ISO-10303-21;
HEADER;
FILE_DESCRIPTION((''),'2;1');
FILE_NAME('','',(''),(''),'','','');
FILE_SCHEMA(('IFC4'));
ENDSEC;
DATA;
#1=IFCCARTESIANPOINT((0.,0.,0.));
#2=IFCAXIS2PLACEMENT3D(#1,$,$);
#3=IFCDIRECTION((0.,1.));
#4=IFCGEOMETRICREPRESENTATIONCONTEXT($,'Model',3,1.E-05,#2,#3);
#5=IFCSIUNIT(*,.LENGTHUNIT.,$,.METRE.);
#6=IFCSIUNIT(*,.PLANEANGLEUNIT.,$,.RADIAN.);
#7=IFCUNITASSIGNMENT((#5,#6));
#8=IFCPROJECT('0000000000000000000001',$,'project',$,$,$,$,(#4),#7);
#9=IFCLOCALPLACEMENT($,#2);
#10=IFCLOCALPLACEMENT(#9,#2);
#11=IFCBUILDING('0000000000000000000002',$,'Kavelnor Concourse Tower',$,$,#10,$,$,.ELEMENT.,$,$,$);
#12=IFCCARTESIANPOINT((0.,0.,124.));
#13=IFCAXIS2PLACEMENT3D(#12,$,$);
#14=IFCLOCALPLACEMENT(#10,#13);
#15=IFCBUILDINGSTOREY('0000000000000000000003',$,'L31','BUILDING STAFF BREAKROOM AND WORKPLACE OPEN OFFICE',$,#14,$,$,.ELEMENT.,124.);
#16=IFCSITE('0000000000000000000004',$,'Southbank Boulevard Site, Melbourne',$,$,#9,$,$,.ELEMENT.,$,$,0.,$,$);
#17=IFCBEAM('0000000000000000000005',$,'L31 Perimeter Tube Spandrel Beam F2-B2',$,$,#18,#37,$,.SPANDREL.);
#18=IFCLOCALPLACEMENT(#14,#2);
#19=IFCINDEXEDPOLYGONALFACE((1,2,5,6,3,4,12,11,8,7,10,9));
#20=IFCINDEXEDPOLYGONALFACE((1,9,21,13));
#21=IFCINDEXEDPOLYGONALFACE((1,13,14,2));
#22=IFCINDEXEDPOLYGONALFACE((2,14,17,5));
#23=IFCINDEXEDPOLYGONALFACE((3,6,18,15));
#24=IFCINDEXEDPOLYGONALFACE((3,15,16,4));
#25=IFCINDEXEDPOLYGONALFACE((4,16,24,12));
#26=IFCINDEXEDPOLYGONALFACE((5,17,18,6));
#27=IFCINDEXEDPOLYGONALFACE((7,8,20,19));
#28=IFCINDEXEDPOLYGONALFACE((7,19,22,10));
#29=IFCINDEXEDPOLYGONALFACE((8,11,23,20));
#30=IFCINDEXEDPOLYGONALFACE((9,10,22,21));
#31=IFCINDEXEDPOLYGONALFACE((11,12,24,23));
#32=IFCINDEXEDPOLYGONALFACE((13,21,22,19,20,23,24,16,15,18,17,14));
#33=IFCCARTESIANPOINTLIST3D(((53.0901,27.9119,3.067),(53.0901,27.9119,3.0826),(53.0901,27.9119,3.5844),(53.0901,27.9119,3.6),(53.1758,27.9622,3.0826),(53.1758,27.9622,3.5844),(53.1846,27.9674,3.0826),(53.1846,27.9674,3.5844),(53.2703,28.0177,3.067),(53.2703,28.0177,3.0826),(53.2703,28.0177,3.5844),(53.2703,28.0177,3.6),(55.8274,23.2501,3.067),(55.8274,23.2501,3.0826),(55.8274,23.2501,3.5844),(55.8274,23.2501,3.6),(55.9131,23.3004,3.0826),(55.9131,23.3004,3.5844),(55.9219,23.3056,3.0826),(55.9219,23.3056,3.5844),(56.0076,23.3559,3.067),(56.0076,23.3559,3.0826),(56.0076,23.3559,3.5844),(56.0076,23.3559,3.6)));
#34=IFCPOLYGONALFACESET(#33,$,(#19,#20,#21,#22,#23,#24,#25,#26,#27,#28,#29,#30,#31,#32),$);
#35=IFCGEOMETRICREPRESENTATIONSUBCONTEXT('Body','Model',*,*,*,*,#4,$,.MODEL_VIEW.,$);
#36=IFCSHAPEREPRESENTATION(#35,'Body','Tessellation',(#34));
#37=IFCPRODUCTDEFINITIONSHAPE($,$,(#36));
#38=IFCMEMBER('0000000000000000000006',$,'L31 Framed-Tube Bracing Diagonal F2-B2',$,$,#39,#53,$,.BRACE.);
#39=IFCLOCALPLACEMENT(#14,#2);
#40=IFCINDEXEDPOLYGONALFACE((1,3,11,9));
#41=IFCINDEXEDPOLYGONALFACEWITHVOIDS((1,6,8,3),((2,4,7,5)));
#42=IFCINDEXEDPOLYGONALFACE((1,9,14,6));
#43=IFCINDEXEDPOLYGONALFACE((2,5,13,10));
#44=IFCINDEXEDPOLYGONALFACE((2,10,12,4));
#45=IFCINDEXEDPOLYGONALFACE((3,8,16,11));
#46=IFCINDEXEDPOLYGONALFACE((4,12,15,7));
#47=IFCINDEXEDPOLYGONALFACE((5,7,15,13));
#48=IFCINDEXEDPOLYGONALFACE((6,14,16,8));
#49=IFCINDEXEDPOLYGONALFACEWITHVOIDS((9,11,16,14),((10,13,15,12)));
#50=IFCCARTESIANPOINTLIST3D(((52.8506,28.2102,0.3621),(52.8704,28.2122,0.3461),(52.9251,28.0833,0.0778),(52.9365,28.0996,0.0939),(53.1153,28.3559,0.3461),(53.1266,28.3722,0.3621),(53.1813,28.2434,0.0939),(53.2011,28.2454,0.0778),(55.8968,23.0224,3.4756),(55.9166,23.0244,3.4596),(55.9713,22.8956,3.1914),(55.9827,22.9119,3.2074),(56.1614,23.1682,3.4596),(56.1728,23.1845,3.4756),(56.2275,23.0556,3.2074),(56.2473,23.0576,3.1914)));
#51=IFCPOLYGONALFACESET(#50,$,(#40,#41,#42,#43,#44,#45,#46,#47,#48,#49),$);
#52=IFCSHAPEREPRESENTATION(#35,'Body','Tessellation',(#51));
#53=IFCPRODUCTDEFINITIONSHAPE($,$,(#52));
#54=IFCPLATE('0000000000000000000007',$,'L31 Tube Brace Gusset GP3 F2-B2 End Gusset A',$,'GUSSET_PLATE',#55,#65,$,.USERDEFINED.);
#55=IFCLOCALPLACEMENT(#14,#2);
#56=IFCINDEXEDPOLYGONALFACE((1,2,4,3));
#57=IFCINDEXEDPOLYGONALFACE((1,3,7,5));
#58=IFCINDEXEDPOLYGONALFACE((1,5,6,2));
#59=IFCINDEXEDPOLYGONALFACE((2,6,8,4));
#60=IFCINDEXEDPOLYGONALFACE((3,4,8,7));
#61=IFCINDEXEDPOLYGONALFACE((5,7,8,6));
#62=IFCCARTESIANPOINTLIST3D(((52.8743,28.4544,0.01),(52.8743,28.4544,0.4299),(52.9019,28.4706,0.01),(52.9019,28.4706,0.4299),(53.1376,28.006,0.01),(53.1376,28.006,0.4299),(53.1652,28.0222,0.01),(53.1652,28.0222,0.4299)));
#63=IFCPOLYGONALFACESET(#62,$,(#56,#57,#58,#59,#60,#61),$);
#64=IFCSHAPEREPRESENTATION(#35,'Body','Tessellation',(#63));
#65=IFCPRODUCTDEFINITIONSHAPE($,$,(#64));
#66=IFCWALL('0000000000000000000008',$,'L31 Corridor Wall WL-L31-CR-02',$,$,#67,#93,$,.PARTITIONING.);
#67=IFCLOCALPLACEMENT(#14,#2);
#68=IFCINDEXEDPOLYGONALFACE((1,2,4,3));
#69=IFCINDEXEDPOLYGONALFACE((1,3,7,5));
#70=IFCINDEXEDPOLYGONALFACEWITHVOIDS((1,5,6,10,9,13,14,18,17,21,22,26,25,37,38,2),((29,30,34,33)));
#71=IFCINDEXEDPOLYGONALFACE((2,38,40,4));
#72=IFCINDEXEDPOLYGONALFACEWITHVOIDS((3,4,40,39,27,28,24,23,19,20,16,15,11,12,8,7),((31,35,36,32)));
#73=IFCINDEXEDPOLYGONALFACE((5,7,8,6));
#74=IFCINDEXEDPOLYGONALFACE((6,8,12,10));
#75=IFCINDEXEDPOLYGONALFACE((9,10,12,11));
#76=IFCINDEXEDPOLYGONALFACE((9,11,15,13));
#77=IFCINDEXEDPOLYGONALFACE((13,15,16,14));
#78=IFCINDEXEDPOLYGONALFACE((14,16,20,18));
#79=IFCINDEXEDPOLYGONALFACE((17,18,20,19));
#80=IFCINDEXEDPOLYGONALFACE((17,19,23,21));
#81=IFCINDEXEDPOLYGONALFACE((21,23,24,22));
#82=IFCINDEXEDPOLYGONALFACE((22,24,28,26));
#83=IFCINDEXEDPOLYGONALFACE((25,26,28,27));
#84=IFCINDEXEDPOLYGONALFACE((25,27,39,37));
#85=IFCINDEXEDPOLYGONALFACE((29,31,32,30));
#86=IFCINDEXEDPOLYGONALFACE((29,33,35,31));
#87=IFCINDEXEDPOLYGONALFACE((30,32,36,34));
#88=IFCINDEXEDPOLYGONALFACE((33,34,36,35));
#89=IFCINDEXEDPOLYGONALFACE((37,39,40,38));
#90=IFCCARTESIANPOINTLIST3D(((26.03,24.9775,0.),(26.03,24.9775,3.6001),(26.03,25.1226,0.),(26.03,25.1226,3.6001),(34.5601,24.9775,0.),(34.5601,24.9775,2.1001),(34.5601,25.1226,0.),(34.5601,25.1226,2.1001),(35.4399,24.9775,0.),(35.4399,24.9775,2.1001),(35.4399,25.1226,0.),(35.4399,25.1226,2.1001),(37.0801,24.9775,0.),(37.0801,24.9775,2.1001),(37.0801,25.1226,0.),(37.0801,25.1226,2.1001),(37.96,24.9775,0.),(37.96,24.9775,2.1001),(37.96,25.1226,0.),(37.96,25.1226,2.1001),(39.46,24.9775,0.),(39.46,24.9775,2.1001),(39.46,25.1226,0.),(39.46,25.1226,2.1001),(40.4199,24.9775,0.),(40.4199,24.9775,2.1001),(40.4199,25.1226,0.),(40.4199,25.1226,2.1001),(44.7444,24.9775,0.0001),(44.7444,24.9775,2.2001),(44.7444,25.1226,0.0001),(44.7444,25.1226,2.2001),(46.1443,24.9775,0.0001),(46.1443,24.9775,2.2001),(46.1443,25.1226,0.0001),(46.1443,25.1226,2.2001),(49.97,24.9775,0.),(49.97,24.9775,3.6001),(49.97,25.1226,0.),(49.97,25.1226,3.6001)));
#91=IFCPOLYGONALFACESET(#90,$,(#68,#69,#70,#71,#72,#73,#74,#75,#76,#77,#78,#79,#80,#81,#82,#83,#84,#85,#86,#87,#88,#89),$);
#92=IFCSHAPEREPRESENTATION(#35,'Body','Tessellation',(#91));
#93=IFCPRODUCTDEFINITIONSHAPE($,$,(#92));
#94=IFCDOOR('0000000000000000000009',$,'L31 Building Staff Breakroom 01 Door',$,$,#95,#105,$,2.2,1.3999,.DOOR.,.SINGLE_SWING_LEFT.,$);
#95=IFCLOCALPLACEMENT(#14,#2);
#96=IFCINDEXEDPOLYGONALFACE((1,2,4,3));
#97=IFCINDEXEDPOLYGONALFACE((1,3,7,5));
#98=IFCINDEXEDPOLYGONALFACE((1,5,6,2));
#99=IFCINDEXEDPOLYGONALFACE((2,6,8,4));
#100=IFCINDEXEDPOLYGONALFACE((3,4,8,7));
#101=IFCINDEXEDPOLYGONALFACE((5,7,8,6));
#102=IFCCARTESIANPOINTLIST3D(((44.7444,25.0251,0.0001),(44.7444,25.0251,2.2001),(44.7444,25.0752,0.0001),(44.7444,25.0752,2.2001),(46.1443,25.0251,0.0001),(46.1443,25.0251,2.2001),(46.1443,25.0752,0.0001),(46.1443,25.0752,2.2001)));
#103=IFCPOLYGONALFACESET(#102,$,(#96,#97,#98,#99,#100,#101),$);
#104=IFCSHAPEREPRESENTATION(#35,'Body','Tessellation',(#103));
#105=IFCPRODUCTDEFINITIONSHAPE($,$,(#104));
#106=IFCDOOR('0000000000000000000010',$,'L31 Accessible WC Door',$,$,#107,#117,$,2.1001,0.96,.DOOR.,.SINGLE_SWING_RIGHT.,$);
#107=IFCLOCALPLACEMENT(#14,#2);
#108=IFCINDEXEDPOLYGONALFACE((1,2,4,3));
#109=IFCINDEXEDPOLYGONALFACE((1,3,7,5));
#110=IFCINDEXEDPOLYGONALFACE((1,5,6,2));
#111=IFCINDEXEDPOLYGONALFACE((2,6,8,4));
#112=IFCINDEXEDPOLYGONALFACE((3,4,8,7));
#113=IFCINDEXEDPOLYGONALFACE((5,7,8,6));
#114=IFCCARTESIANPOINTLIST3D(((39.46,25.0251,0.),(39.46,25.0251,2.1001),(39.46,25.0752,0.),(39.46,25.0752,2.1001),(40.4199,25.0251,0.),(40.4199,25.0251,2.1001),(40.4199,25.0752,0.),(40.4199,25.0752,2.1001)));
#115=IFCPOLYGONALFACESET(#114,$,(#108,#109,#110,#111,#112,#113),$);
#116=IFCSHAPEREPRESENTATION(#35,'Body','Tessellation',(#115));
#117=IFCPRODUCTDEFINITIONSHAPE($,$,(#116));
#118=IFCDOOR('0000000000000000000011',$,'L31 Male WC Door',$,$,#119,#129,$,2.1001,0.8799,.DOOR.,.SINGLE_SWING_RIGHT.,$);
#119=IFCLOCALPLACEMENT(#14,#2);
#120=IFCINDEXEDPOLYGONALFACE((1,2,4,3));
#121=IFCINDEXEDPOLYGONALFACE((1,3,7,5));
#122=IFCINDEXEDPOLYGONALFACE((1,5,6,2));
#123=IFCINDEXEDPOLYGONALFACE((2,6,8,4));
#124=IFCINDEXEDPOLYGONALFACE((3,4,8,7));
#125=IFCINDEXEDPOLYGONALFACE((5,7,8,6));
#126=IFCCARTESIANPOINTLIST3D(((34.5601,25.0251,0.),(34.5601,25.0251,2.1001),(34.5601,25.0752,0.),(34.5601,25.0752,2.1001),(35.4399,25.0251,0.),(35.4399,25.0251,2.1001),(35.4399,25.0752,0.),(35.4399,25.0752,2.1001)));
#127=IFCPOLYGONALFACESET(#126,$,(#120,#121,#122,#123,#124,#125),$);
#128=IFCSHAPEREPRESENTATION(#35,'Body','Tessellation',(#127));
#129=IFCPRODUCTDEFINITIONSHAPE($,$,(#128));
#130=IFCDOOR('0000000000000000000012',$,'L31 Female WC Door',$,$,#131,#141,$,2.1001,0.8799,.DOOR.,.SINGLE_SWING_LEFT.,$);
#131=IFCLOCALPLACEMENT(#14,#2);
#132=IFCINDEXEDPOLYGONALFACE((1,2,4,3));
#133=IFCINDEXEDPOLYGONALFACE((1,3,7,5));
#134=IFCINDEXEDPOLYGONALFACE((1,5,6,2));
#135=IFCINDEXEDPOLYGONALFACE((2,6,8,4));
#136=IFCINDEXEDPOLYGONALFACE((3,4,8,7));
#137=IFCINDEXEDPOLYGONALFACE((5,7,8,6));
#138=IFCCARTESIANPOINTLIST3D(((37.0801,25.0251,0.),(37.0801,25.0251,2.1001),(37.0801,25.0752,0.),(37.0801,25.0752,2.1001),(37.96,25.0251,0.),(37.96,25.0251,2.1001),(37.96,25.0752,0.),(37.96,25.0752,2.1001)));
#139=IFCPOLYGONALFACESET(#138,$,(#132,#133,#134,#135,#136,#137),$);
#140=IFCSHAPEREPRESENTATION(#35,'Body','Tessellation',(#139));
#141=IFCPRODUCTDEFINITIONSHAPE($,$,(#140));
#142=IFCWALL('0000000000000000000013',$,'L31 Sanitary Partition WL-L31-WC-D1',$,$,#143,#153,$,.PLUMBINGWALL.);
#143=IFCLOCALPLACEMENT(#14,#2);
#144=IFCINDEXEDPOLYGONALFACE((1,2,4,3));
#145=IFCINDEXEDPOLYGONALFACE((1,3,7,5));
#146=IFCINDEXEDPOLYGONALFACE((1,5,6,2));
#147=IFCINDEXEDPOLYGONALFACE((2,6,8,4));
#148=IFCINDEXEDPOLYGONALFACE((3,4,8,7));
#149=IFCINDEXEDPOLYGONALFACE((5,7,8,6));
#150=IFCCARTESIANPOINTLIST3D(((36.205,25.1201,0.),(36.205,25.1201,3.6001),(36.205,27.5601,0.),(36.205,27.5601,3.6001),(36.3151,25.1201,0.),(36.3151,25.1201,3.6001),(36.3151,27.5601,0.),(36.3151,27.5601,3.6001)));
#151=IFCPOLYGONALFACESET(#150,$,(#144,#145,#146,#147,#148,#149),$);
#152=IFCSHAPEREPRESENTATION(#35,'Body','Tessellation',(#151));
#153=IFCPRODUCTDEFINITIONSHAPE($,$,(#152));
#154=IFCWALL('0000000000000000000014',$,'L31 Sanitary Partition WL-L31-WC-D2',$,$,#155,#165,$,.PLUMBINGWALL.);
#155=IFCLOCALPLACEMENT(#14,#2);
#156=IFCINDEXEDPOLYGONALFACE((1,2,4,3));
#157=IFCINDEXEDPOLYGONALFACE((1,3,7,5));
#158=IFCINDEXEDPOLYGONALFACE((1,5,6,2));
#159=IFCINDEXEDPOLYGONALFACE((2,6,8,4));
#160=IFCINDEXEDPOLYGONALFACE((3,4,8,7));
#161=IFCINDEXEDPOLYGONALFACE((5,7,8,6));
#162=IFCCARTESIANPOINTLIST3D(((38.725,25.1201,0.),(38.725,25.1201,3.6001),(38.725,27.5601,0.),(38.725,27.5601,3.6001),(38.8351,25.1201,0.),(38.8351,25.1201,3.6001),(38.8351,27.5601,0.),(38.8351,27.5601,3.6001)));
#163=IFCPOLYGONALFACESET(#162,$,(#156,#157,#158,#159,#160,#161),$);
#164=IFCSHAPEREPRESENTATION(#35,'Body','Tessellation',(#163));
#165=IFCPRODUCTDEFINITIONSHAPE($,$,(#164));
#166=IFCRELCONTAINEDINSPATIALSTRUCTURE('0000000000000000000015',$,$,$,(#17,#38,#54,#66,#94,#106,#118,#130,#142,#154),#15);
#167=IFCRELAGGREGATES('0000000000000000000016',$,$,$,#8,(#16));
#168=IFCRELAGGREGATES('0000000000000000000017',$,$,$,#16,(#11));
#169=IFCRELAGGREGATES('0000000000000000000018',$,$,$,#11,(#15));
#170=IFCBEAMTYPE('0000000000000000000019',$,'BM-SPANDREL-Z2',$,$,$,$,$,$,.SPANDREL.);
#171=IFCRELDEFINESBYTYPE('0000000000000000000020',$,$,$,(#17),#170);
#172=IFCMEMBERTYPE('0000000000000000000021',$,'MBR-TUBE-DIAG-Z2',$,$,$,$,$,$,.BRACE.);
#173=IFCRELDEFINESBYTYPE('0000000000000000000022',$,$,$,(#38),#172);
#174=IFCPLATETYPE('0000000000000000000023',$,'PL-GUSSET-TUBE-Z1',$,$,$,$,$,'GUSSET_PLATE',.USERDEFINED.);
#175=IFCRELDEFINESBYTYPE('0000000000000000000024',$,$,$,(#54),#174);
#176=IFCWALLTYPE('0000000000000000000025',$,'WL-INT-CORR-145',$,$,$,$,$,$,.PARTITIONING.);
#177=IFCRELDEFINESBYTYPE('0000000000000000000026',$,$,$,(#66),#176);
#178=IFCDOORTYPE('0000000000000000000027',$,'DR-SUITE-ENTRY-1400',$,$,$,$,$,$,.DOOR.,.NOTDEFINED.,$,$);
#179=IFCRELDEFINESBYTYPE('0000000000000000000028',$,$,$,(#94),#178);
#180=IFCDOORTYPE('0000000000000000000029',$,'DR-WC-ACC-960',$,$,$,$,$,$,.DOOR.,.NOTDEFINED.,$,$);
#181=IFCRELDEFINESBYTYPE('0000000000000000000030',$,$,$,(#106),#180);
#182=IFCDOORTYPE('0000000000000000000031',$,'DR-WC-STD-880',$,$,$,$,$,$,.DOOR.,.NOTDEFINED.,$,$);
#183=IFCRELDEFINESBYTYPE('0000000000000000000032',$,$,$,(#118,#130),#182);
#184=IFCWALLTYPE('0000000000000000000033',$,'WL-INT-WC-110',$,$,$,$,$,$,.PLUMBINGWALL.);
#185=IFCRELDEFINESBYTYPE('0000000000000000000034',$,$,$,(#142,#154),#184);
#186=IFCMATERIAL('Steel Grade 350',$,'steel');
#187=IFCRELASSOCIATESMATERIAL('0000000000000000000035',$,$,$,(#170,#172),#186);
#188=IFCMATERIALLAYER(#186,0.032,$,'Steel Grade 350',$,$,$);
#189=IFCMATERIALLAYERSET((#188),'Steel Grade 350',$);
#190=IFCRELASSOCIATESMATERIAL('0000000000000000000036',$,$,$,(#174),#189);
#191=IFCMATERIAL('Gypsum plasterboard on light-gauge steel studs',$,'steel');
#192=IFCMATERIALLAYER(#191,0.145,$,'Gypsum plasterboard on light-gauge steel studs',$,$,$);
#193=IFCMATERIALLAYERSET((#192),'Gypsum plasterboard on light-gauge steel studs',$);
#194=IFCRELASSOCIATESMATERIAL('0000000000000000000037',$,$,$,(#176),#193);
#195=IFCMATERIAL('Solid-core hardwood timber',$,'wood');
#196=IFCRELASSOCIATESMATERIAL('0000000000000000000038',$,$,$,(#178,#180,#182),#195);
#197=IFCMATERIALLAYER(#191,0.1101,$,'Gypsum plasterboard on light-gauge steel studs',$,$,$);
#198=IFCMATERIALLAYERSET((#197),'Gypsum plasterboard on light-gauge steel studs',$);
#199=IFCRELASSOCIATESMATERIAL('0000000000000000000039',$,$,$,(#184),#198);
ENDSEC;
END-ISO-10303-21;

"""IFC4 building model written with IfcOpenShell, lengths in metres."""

from ifc_helpers import new_model, si_unit, direction, frame, frame_2d, origin, origin_2d, place, context, subcontext, project, spatial, rectangle, hollow_rectangle, i_section, extrude, material, layer, layer_set, material_profile, profile_set, type_object, element, fill, save


model = new_model("IFC4")

# Units and contexts
model_context = context("Model", 3, precision=1e-05, world=origin(), true_north=direction((0.0, 1.0)))
body_context = subcontext(model_context, "Body", "Model", "MODEL_VIEW")
ifc_project = project(units=[si_unit("LENGTHUNIT", "METRE"), si_unit("PLANEANGLEUNIT", "RADIAN")], contexts=[model_context])

# Site, building, storey
site_placement = place(None, origin())
site = spatial("IfcSite", under=ifc_project, at=site_placement, Name="Southbank Boulevard Site, Melbourne", CompositionType="ELEMENT", RefElevation=0.0)
building_placement = place(site_placement, origin())
building = spatial("IfcBuilding", under=site, at=building_placement, Name="Kavelnor Concourse Tower", CompositionType="ELEMENT")
storey_placement = place(building_placement, frame((0.0, 0.0, 124.0)))
storey = spatial("IfcBuildingStorey", under=building, at=storey_placement, Name="L31", Description="BUILDING STAFF BREAKROOM AND WORKPLACE OPEN OFFICE", CompositionType="ELEMENT", Elevation=124.0)

# Shared definitions
ifc_material_1 = material(Name="Steel Grade 350", Category="steel")

# Beam
ifc_material_profile_1 = material_profile(ifc_material_1, i_section(OverallWidth=0.209, OverallDepth=0.533, WebThickness=0.0103, FlangeThickness=0.0156, at=origin_2d()), Name="530UB92")
ifc_profile_set_1 = profile_set([ifc_material_profile_1], Name="Steel Grade 350")
beam_type_1 = type_object("IfcBeamType", Name="BM-SPANDREL-Z2", PredefinedType="SPANDREL", material=ifc_profile_set_1)
beam_1_placement = place(storey_placement, frame((55.9175, 23.303, 3.3335), z_axis=(-0.506337, 0.862336, 0.0), x_axis=(-0.862336, -0.506337, 0.0)))
element("IfcBeam", 1, at=beam_1_placement, inside=storey, type_object=beam_type_1, Name="L31 Perimeter Tube Spandrel Beam F2-B2", PredefinedType="SPANDREL", context=body_context, shape_type="SweptSolid", body=[
    extrude(i_section(OverallWidth=0.209, OverallDepth=0.533, WebThickness=0.0103, FlangeThickness=0.0156, at=origin_2d()), origin(), (0.0, 0.0, 1.0), 5.406),
])

# Member
ifc_material_profile_2 = material_profile(ifc_material_1, hollow_rectangle(XDim=0.3201, YDim=0.3201, WallThickness=0.0181, at=origin_2d()), Name="SHS 320x320x18")
ifc_profile_set_2 = profile_set([ifc_material_profile_2], Name="Steel Grade 350")
member_type = type_object("IfcMemberType", Name="MBR-TUBE-DIAG-Z2", PredefinedType="BRACE", material=ifc_profile_set_2)
member_placement = place(storey_placement, frame((53.0259, 28.2278, 0.22), z_axis=(0.449688, -0.765843, 0.459636), x_axis=(0.862331, 0.506344, 0.0)))
element("IfcMember", 2, at=member_placement, inside=storey, type_object=member_type, Name="L31 Framed-Tube Bracing Diagonal F2-B2", PredefinedType="BRACE", context=body_context, shape_type="SweptSolid", body=[
    extrude(hollow_rectangle(XDim=0.3201, YDim=0.3201, WallThickness=0.0181, at=origin_2d()), origin(), (0.0, 0.0, 1.0), 6.7739),
])

# Plate
ifc_layer_1 = layer(ifc_material_1, 0.032, Name="Steel Grade 350")
ifc_layer_set_1 = layer_set([ifc_layer_1], Name="Steel Grade 350")
plate_type = type_object("IfcPlateType", Name="PL-GUSSET-TUBE-Z1", ElementType="GUSSET_PLATE", PredefinedType="USERDEFINED", material=ifc_layer_set_1)
plate_placement = place(storey_placement, frame((53.0198, 28.2383, 0.01), z_axis=(0.0, 0.0, 1.0), x_axis=(0.506335, -0.862337, 0.0)))
element("IfcPlate", 3, at=plate_placement, inside=storey, type_object=plate_type, Name="L31 Tube Brace Gusset GP3 F2-B2 End Gusset A", ObjectType="GUSSET_PLATE", PredefinedType="USERDEFINED", context=body_context, shape_type="SweptSolid", body=[
    extrude(rectangle(XDim=0.52, YDim=0.032, at=origin_2d()), origin(), (0.0, 0.0, 1.0), 0.4199),
])

# Wall, openings, doors
ifc_material_2 = material(Name="Gypsum plasterboard on light-gauge steel studs", Category="steel")
ifc_layer_2 = layer(ifc_material_2, 0.145, Name="Gypsum plasterboard on light-gauge steel studs")
ifc_layer_set_2 = layer_set([ifc_layer_2], Name="Gypsum plasterboard on light-gauge steel studs")
wall_type_1 = type_object("IfcWallType", Name="WL-INT-CORR-145", PredefinedType="PARTITIONING", material=ifc_layer_set_2)
wall_placement = place(storey_placement, frame((49.97, 25.05, 0.0), z_axis=(0.0, 0.0, 1.0), x_axis=(-1.0, 0.0, 0.0)))
wall = element("IfcWall", 4, at=wall_placement, inside=storey, type_object=wall_type_1, Name="L31 Corridor Wall WL-L31-CR-02", PredefinedType="PARTITIONING", context=body_context, shape_type="SweptSolid", body=[
    extrude(rectangle(XDim=23.9399, YDim=0.145, at=frame_2d((11.97, 0.0))), origin(), (0.0, 0.0, 1.0), 3.6001),
])
opening_1_placement = place(wall_placement, frame((14.53, 0.0, 0.0)))
opening_1 = element("IfcOpeningElement", 5, at=opening_1_placement, cuts=wall, PredefinedType="OPENING", context=body_context, shape_type="SweptSolid", body=[
    extrude(rectangle(XDim=0.8799, YDim=2.1001, at=frame_2d((0.4399, 1.05))), frame((0.0, 0.0825, 0.0), z_axis=(0.0, -1.0, 0.0), x_axis=(1.0, 0.0, 0.0)), (0.0, 0.0, 1.0), 0.165),
])
opening_2_placement = place(wall_placement, frame((12.01, 0.0, 0.0)))
opening_2 = element("IfcOpeningElement", 6, at=opening_2_placement, cuts=wall, PredefinedType="OPENING", context=body_context, shape_type="SweptSolid", body=[
    extrude(rectangle(XDim=0.8799, YDim=2.1001, at=frame_2d((0.4399, 1.05))), frame((0.0, 0.0825, 0.0), z_axis=(0.0, -1.0, 0.0), x_axis=(1.0, 0.0, 0.0)), (0.0, 0.0, 1.0), 0.165),
])
opening_3_placement = place(wall_placement, frame((9.55, 0.0, 0.0)))
opening_3 = element("IfcOpeningElement", 7, at=opening_3_placement, cuts=wall, PredefinedType="OPENING", context=body_context, shape_type="SweptSolid", body=[
    extrude(rectangle(XDim=0.96, YDim=2.1001, at=frame_2d((0.48, 1.05))), frame((0.0, 0.0825, 0.0), z_axis=(0.0, -1.0, 0.0), x_axis=(1.0, 0.0, 0.0)), (0.0, 0.0, 1.0), 0.165),
])
opening_4_placement = place(wall_placement, frame((3.8257, 0.0, 0.0)))
opening_4 = element("IfcOpeningElement", 8, at=opening_4_placement, cuts=wall, PredefinedType="OPENING", context=body_context, shape_type="SweptSolid", body=[
    extrude(rectangle(XDim=1.3999, YDim=2.2, at=frame_2d((0.7, 1.1001))), frame((0.0, 0.0825, 0.0), z_axis=(0.0, -1.0, 0.0), x_axis=(1.0, 0.0, 0.0)), (0.0, 0.0, 1.0), 0.165),
])
ifc_material_3 = material(Name="Solid-core hardwood timber", Category="wood")
door_type_1 = type_object("IfcDoorType", Name="DR-SUITE-ENTRY-1400", OperationType="NOTDEFINED", PredefinedType="DOOR", material=ifc_material_3)
door_1_placement = place(opening_4_placement, origin())
door_1 = element("IfcDoor", 9, at=door_1_placement, inside=storey, type_object=door_type_1, Name="L31 Building Staff Breakroom 01 Door", OperationType="SINGLE_SWING_LEFT", OverallHeight=2.2, OverallWidth=1.3999, PredefinedType="DOOR", context=body_context, shape_type="SweptSolid", body=[
    extrude(rectangle(XDim=1.3999, YDim=2.2, at=frame_2d((0.7, 1.1001))), frame((0.0, 0.0249, 0.0), z_axis=(0.0, -1.0, 0.0), x_axis=(1.0, 0.0, 0.0)), (0.0, 0.0, 1.0), 0.05),
])
fill(opening_4, door_1)
door_type_2 = type_object("IfcDoorType", Name="DR-WC-ACC-960", OperationType="NOTDEFINED", PredefinedType="DOOR", material=ifc_material_3)
door_2_placement = place(opening_3_placement, origin())
door_2 = element("IfcDoor", 10, at=door_2_placement, inside=storey, type_object=door_type_2, Name="L31 Accessible WC Door", OperationType="SINGLE_SWING_RIGHT", OverallHeight=2.1001, OverallWidth=0.96, PredefinedType="DOOR", context=body_context, shape_type="SweptSolid", body=[
    extrude(rectangle(XDim=0.96, YDim=2.1001, at=frame_2d((0.48, 1.05))), frame((0.0, 0.0249, 0.0), z_axis=(0.0, -1.0, 0.0), x_axis=(1.0, 0.0, 0.0)), (0.0, 0.0, 1.0), 0.05),
])
fill(opening_3, door_2)
door_type_3 = type_object("IfcDoorType", Name="DR-WC-STD-880", OperationType="NOTDEFINED", PredefinedType="DOOR", material=ifc_material_3)
door_3_placement = place(opening_1_placement, origin())
door_3 = element("IfcDoor", 11, at=door_3_placement, inside=storey, type_object=door_type_3, Name="L31 Male WC Door", OperationType="SINGLE_SWING_RIGHT", OverallHeight=2.1001, OverallWidth=0.8799, PredefinedType="DOOR", context=body_context, shape_type="SweptSolid", body=[
    extrude(rectangle(XDim=0.8799, YDim=2.1001, at=frame_2d((0.4399, 1.05))), frame((0.0, 0.0249, 0.0), z_axis=(0.0, -1.0, 0.0), x_axis=(1.0, 0.0, 0.0)), (0.0, 0.0, 1.0), 0.05),
])
fill(opening_1, door_3)
door_4_placement = place(opening_2_placement, origin())
door_4 = element("IfcDoor", 12, at=door_4_placement, inside=storey, type_object=door_type_3, Name="L31 Female WC Door", OperationType="SINGLE_SWING_LEFT", OverallHeight=2.1001, OverallWidth=0.8799, PredefinedType="DOOR", context=body_context, shape_type="SweptSolid", body=[
    extrude(rectangle(XDim=0.8799, YDim=2.1001, at=frame_2d((0.4399, 1.05))), frame((0.0, 0.0249, 0.0), z_axis=(0.0, -1.0, 0.0), x_axis=(1.0, 0.0, 0.0)), (0.0, 0.0, 1.0), 0.05),
])
fill(opening_2, door_4)

# Walls
ifc_layer_3 = layer(ifc_material_2, 0.1101, Name="Gypsum plasterboard on light-gauge steel studs")
ifc_layer_set_3 = layer_set([ifc_layer_3], Name="Gypsum plasterboard on light-gauge steel studs")
wall_type_2 = type_object("IfcWallType", Name="WL-INT-WC-110", PredefinedType="PLUMBINGWALL", material=ifc_layer_set_3)
for number, where, z_axis, x_axis, name in (
    (13, (36.26, 25.1201, 0.0), (0.0, 0.0, 1.0), (0.0, 1.0, 0.0), "L31 Sanitary Partition WL-L31-WC-D1"),
    (14, (38.78, 25.1201, 0.0), (0.0, 0.0, 1.0), (0.0, 1.0, 0.0), "L31 Sanitary Partition WL-L31-WC-D2"),
):
    element("IfcWall", number, at=place(storey_placement, frame(where, z_axis=z_axis, x_axis=x_axis)), inside=storey, type_object=wall_type_2, Name=name, PredefinedType="PLUMBINGWALL", context=body_context, shape_type="SweptSolid", body=[
        extrude(rectangle(XDim=2.4399, YDim=0.1101, at=frame_2d((1.22, 0.0))), origin(), (0.0, 0.0, 1.0), 3.6001),
    ])

save(model, "model.ifc")
